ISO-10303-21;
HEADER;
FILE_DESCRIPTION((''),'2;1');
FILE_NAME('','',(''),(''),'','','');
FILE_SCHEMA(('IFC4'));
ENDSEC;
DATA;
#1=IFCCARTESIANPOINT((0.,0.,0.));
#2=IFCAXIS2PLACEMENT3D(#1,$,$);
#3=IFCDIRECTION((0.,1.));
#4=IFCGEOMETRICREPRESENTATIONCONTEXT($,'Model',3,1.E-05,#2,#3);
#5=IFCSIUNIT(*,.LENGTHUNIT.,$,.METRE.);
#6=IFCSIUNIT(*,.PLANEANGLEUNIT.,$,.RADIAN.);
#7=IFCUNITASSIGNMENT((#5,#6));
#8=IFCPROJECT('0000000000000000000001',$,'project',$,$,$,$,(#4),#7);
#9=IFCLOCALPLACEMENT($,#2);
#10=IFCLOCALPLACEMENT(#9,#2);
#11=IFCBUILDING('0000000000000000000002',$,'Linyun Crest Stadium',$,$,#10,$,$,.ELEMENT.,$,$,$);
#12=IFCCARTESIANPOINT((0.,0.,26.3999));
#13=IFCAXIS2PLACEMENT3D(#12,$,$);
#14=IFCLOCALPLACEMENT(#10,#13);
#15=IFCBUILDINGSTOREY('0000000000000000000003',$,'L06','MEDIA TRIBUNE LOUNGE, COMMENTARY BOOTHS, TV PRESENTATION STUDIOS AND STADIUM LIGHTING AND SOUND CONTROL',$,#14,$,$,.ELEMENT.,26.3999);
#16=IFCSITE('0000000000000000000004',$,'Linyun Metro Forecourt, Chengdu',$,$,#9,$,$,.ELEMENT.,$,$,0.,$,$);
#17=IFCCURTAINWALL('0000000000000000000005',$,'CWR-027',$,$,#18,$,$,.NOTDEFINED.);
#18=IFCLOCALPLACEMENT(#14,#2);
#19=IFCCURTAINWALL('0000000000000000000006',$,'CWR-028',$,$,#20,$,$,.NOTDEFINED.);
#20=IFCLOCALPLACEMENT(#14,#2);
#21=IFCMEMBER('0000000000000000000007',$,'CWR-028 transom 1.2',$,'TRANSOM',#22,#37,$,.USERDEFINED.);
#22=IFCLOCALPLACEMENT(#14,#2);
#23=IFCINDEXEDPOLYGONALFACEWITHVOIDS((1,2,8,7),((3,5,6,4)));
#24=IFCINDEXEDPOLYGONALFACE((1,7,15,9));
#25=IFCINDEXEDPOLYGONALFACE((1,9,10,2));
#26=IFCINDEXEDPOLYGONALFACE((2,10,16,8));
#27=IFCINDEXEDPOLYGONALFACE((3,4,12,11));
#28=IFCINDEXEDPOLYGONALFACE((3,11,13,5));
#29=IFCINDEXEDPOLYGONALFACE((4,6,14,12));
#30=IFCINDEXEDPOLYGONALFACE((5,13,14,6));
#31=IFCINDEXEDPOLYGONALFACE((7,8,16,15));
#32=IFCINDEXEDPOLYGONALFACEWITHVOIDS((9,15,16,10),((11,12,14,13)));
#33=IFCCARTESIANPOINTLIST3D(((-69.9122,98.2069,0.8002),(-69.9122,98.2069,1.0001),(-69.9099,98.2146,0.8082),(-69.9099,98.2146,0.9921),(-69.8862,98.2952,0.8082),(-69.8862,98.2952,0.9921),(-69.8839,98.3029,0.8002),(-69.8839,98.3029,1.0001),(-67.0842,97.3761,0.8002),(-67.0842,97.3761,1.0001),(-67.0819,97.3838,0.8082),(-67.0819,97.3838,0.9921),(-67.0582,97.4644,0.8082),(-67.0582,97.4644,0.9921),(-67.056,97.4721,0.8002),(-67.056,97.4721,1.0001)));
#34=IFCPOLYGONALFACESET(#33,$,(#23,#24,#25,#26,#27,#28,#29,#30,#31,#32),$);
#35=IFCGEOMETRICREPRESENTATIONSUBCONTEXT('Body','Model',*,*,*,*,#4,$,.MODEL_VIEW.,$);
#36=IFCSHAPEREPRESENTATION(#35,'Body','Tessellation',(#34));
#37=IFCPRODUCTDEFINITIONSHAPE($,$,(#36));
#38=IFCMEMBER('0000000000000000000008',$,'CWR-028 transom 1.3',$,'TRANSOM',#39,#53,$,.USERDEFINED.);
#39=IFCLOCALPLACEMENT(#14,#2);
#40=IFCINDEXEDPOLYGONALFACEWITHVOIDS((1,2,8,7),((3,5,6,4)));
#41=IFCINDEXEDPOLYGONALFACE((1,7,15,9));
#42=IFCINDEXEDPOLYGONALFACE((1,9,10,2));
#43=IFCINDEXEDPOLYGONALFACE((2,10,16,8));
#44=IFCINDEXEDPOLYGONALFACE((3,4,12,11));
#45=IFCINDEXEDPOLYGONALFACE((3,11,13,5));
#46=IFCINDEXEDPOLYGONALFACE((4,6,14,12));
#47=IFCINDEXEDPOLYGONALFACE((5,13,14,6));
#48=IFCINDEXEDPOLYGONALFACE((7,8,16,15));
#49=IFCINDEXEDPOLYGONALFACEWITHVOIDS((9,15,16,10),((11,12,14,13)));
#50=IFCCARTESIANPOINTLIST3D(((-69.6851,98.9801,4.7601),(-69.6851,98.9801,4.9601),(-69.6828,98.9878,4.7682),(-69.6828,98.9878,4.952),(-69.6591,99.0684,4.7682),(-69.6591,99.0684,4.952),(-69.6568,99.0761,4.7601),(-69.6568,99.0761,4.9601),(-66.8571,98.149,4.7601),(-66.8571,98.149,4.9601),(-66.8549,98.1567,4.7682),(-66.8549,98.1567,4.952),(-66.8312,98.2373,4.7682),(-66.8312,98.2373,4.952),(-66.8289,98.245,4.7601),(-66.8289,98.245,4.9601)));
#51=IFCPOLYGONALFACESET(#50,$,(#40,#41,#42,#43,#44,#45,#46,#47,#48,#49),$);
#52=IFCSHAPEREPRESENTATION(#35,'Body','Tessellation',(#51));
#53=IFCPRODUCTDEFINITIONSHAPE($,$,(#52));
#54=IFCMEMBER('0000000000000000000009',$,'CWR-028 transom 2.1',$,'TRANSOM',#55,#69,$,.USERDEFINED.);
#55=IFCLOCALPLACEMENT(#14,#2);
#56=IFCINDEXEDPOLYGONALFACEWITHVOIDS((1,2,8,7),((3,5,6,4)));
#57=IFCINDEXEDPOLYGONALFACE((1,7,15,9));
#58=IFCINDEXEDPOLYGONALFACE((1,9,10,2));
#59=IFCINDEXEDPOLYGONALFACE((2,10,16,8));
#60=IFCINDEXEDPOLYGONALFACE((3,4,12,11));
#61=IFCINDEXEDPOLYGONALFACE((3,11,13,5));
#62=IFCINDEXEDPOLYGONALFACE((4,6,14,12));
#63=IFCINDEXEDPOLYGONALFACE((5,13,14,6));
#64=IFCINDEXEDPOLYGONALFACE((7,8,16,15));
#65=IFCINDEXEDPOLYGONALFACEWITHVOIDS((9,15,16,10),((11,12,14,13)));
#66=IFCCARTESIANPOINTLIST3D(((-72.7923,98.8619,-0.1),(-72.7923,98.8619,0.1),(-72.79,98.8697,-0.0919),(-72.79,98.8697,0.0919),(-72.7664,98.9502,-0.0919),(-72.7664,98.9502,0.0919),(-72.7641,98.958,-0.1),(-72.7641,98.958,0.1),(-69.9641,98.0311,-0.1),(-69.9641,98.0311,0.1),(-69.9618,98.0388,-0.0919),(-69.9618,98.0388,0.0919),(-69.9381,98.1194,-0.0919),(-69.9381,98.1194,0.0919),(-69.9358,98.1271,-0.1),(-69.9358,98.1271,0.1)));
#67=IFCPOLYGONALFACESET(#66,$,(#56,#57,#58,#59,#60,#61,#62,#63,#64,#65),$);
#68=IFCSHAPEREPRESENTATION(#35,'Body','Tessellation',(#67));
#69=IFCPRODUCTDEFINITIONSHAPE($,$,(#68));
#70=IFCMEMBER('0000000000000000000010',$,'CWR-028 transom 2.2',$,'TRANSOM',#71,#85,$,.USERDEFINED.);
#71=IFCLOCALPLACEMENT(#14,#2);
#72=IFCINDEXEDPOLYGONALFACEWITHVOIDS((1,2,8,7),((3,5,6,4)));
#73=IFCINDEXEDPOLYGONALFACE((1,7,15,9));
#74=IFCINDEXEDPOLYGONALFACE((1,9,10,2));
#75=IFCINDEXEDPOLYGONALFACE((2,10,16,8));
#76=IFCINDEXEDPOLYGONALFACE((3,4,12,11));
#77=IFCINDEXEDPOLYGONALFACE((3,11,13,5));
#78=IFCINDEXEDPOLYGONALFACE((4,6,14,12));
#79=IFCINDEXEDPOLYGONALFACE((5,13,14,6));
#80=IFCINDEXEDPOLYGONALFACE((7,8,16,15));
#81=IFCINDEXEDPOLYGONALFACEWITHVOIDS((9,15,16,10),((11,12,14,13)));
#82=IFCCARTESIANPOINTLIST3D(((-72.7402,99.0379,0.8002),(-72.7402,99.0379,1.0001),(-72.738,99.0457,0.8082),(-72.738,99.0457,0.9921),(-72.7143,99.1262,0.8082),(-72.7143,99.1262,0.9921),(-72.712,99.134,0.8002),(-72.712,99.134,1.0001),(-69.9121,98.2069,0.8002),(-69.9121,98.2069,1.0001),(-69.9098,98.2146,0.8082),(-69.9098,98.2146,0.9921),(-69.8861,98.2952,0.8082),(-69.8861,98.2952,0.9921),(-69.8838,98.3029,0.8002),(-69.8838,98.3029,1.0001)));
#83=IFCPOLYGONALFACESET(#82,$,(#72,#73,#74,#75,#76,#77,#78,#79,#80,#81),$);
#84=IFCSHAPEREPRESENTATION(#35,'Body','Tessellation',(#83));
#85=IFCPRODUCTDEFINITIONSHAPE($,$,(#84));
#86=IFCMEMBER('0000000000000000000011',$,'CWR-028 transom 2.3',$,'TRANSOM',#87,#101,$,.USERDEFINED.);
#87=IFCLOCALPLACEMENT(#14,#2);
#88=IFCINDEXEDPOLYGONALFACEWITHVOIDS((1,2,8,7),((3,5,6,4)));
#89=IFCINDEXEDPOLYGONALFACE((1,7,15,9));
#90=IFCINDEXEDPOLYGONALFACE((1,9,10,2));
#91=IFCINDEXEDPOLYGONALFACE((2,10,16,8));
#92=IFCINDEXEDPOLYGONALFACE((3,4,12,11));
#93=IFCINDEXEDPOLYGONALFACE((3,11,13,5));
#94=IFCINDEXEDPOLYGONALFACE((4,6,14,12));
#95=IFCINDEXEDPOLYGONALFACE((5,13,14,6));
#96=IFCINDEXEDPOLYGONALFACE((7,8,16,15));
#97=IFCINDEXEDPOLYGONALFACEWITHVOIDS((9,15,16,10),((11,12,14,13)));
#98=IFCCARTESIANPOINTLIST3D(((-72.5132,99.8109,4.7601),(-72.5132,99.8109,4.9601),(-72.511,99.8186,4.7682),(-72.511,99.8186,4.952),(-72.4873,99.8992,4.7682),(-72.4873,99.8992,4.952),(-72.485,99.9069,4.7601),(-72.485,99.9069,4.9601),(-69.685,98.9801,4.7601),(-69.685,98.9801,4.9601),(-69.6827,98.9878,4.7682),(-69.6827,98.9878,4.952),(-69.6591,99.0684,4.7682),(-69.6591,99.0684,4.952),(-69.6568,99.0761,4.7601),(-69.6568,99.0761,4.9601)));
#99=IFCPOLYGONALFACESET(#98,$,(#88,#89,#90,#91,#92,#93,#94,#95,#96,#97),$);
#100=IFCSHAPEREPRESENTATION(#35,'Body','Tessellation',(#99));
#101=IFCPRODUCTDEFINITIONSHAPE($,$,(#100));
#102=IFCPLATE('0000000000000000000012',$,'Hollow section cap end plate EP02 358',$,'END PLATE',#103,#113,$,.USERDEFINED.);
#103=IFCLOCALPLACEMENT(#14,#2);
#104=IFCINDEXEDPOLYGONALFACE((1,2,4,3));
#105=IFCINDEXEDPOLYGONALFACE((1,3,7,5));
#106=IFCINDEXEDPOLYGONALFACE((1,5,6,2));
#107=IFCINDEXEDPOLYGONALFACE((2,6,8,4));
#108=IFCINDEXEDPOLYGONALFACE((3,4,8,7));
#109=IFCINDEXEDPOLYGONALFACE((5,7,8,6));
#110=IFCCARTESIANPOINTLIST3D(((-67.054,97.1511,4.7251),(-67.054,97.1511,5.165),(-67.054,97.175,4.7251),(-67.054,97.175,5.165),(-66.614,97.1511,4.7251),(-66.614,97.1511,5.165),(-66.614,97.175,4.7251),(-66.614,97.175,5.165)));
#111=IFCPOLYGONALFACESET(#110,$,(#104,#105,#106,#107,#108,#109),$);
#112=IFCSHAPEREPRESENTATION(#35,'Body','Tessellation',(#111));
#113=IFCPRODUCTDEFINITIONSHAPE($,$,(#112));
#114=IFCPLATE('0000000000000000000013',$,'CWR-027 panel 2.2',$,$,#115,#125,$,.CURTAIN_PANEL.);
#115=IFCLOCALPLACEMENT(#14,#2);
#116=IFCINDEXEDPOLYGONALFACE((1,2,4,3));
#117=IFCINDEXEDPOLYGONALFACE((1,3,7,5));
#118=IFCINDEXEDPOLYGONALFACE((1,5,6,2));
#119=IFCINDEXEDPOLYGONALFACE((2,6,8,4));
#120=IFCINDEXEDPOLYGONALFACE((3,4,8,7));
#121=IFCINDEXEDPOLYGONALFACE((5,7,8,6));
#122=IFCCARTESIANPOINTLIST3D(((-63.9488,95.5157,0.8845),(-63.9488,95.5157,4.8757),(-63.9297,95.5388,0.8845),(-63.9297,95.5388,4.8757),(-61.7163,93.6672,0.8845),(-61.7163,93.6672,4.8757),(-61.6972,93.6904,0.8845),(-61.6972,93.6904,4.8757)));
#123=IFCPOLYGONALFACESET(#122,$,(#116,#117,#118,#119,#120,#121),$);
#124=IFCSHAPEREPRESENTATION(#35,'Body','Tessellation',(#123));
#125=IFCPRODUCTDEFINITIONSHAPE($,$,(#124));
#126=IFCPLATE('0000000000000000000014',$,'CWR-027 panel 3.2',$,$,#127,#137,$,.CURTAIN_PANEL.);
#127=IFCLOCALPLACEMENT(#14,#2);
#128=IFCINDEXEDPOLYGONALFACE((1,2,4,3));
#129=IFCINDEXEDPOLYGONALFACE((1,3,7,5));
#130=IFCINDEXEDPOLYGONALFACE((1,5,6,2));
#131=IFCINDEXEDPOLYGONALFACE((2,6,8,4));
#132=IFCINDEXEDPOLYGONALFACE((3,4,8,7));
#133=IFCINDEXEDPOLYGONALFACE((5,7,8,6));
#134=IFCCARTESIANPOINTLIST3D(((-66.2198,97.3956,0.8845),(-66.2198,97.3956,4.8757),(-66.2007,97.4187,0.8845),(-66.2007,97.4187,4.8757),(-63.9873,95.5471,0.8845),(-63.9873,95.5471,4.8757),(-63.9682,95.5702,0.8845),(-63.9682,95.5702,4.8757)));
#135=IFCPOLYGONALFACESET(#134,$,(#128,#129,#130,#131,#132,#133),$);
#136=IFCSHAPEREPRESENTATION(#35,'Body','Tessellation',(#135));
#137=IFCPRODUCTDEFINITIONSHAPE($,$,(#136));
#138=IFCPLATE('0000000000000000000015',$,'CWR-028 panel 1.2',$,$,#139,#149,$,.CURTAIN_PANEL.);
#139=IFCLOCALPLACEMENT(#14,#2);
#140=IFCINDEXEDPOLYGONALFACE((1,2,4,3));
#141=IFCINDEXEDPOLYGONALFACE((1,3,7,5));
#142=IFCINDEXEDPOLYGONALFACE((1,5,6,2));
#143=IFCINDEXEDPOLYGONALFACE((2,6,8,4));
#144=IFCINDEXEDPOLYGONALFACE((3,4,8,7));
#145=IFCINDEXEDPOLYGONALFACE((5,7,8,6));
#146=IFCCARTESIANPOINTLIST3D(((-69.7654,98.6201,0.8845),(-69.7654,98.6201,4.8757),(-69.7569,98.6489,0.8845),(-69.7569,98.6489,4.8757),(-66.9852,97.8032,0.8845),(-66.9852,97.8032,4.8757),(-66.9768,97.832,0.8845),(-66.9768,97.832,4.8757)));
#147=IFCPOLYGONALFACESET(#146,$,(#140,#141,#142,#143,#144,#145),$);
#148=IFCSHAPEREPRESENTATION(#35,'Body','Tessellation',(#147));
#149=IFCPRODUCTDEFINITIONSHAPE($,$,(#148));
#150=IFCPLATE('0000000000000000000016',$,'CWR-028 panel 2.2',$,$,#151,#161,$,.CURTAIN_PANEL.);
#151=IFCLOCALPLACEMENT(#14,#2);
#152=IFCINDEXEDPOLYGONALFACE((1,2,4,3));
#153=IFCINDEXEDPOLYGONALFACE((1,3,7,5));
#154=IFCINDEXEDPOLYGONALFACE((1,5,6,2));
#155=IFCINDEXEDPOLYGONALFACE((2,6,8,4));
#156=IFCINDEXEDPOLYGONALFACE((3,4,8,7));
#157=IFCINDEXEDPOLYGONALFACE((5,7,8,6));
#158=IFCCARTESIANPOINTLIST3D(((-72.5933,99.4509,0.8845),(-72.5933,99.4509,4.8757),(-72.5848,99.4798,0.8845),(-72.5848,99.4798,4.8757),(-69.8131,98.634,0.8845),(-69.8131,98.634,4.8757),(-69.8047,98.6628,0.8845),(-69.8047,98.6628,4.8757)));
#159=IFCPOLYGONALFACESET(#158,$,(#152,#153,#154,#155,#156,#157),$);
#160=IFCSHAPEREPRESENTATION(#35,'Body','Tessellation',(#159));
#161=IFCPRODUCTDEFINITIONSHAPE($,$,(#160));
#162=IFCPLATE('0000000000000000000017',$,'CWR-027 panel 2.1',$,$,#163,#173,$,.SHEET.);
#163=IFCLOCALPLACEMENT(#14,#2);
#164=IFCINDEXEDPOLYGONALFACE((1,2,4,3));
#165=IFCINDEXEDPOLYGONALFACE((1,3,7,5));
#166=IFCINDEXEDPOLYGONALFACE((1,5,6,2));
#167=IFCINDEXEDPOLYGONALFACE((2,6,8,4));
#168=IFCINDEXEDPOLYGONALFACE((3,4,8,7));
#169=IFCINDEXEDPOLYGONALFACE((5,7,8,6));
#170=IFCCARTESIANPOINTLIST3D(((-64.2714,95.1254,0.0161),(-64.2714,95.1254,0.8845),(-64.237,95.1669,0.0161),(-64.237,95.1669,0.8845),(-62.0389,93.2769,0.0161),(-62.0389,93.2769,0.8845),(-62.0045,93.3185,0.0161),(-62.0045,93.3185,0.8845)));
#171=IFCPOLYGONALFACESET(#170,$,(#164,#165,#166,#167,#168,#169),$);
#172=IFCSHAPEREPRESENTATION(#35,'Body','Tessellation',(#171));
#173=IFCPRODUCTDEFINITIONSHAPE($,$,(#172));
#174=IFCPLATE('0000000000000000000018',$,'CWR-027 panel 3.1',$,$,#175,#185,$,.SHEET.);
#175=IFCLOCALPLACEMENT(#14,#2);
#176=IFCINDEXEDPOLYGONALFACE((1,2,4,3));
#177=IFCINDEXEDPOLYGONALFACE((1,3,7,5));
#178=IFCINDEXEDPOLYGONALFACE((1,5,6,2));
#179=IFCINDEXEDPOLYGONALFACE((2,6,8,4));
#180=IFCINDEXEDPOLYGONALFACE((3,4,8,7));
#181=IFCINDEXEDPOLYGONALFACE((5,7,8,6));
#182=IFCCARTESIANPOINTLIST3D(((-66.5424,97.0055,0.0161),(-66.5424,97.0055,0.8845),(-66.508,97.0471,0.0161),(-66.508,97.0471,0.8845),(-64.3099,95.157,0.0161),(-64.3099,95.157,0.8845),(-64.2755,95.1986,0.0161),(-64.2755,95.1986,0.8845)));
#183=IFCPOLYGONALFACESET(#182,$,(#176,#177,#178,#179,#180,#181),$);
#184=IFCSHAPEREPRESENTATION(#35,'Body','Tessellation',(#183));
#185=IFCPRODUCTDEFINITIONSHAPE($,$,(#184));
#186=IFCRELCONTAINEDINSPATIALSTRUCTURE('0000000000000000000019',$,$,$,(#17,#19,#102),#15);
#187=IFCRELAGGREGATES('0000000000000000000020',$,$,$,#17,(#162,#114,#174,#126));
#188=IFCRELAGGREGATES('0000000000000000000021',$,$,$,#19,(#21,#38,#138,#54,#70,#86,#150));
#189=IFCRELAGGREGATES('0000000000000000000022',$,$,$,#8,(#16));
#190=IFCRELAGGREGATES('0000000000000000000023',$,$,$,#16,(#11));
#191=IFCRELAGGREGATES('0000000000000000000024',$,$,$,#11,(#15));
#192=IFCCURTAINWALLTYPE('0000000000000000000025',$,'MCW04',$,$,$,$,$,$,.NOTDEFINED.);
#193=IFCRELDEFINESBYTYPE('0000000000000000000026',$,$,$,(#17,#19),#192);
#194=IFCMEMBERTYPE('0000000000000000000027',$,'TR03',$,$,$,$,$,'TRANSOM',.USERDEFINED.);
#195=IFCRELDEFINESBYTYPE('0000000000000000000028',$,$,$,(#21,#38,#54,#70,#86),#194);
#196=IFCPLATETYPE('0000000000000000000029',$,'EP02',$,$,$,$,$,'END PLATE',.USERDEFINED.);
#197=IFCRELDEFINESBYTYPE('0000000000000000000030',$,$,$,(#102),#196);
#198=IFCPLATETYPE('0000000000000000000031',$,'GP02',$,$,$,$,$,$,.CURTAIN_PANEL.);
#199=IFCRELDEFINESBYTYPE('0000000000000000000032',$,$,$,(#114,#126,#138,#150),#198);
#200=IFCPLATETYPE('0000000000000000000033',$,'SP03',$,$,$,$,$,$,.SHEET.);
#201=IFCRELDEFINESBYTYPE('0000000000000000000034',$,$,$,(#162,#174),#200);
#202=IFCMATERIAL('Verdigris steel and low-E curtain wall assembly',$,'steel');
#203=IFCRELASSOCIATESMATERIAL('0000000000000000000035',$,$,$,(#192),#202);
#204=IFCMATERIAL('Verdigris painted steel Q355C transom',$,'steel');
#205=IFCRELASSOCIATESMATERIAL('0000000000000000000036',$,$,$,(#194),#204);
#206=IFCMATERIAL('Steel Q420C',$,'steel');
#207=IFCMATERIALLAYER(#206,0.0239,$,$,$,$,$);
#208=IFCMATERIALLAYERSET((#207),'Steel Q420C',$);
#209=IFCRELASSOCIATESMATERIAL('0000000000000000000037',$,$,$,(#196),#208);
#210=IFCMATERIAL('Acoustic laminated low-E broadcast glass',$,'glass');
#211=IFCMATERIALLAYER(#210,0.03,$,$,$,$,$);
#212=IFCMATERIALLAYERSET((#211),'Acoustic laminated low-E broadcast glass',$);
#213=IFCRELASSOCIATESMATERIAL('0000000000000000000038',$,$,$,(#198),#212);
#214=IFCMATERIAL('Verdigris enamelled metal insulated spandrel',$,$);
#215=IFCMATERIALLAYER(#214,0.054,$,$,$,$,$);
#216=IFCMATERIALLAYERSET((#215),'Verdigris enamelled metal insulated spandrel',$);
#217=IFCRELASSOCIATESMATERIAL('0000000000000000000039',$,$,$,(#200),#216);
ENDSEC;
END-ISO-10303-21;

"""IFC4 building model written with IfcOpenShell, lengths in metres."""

from ifc_helpers import new_model, si_unit, direction, frame, origin, origin_2d, place, context, subcontext, project, spatial, rectangle, hollow_rectangle, extrude, material, layer, layer_set, material_profile, profile_set, type_object, element, aggregate, save


model = new_model("IFC4")

# Units and contexts
model_context = context("Model", 3, precision=1e-05, world=origin(), true_north=direction((0.0, 1.0)))
body_context = subcontext(model_context, "Body", "Model", "MODEL_VIEW")
ifc_project = project(units=[si_unit("LENGTHUNIT", "METRE"), si_unit("PLANEANGLEUNIT", "RADIAN")], contexts=[model_context])

# Site, building, storey
site_placement = place(None, origin())
site = spatial("IfcSite", under=ifc_project, at=site_placement, Name="Linyun Metro Forecourt, Chengdu", CompositionType="ELEMENT", RefElevation=0.0)
building_placement = place(site_placement, origin())
building = spatial("IfcBuilding", under=site, at=building_placement, Name="Linyun Crest Stadium", CompositionType="ELEMENT")
storey_placement = place(building_placement, frame((0.0, 0.0, 26.3999)))
storey = spatial("IfcBuildingStorey", under=building, at=storey_placement, Name="L06", Description="MEDIA TRIBUNE LOUNGE, COMMENTARY BOOTHS, TV PRESENTATION STUDIOS AND STADIUM LIGHTING AND SOUND CONTROL", CompositionType="ELEMENT", Elevation=26.3999)

# Curtain walls
ifc_material_1 = material(Name="Verdigris steel and low-E curtain wall assembly", Category="steel")
curtain_wall_type = type_object("IfcCurtainWallType", Name="MCW04", PredefinedType="NOTDEFINED", material=ifc_material_1)
curtain_wall_1_placement = place(storey_placement, origin())
curtain_wall_1 = element("IfcCurtainWall", 1, at=curtain_wall_1_placement, inside=storey, type_object=curtain_wall_type, Name="CWR-027", PredefinedType="NOTDEFINED")
curtain_wall_2_placement = place(storey_placement, origin())
curtain_wall_2 = element("IfcCurtainWall", 2, at=curtain_wall_2_placement, inside=storey, type_object=curtain_wall_type, Name="CWR-028", PredefinedType="NOTDEFINED")

# Members
ifc_material_2 = material(Name="Verdigris painted steel Q355C transom", Category="steel")
ifc_material_profile_1 = material_profile(ifc_material_2, hollow_rectangle(XDim=0.1001, YDim=0.2, WallThickness=0.0081, at=origin_2d()), Name="RHS 200x100x8")
ifc_profile_set_1 = profile_set([ifc_material_profile_1], Name="Verdigris painted steel Q355C transom")
member_type_1 = type_object("IfcMemberType", Name="TR03", ElementType="TRANSOM", PredefinedType="USERDEFINED", material=ifc_profile_set_1)
member_1_placement = place(storey_placement, frame((-67.0701, 97.4241, 0.9001), z_axis=(-0.95945, 0.281879, 0.0), x_axis=(-0.281879, -0.95945, 0.0)))
member_1 = element("IfcMember", 3, at=member_1_placement, type_object=member_type_1, Name="CWR-028 transom 1.2", ObjectType="TRANSOM", PredefinedType="USERDEFINED", context=body_context, shape_type="SweptSolid", body=[
    extrude(hollow_rectangle(XDim=0.1001, YDim=0.2, WallThickness=0.0081, at=origin_2d()), origin(), (0.0, 0.0, 1.0), 2.9475),
])
member_2_placement = place(storey_placement, frame((-66.843, 98.197, 4.8601), z_axis=(-0.959427, 0.281956, 0.0), x_axis=(-0.281956, -0.959427, 0.0)))
member_2 = element("IfcMember", 4, at=member_2_placement, type_object=member_type_1, Name="CWR-028 transom 1.3", ObjectType="TRANSOM", PredefinedType="USERDEFINED", context=body_context, shape_type="SweptSolid", body=[
    extrude(hollow_rectangle(XDim=0.1001, YDim=0.2, WallThickness=0.0081, at=origin_2d()), origin(), (0.0, 0.0, 1.0), 2.9475),
])
member_3_placement = place(storey_placement, frame((-69.95, 98.0791, 0.0), z_axis=(-0.959456, 0.281857, 0.0), x_axis=(-0.281857, -0.959456, 0.0)))
member_3 = element("IfcMember", 5, at=member_3_placement, type_object=member_type_1, Name="CWR-028 transom 2.1", ObjectType="TRANSOM", PredefinedType="USERDEFINED", context=body_context, shape_type="SweptSolid", body=[
    extrude(hollow_rectangle(XDim=0.1001, YDim=0.2, WallThickness=0.0081, at=origin_2d()), origin(), (0.0, 0.0, 1.0), 2.9478),
])
member_4_placement = place(storey_placement, frame((-69.8979, 98.2549, 0.9001), z_axis=(-0.959434, 0.281933, 0.0), x_axis=(-0.281933, -0.959434, 0.0)))
member_4 = element("IfcMember", 6, at=member_4_placement, type_object=member_type_1, Name="CWR-028 transom 2.2", ObjectType="TRANSOM", PredefinedType="USERDEFINED", context=body_context, shape_type="SweptSolid", body=[
    extrude(hollow_rectangle(XDim=0.1001, YDim=0.2, WallThickness=0.0081, at=origin_2d()), origin(), (0.0, 0.0, 1.0), 2.9478),
])
member_5_placement = place(storey_placement, frame((-69.6709, 99.0281, 4.8601), z_axis=(-0.959456, 0.281857, 0.0), x_axis=(-0.281857, -0.959456, 0.0)))
member_5 = element("IfcMember", 7, at=member_5_placement, type_object=member_type_1, Name="CWR-028 transom 2.3", ObjectType="TRANSOM", PredefinedType="USERDEFINED", context=body_context, shape_type="SweptSolid", body=[
    extrude(hollow_rectangle(XDim=0.1001, YDim=0.2, WallThickness=0.0081, at=origin_2d()), origin(), (0.0, 0.0, 1.0), 2.9478),
])

# Plates
ifc_material_3 = material(Name="Steel Q420C", Category="steel")
ifc_layer_1 = layer(ifc_material_3, 0.0239)
ifc_layer_set_1 = layer_set([ifc_layer_1], Name="Steel Q420C")
plate_type_1 = type_object("IfcPlateType", Name="EP02", ElementType="END PLATE", PredefinedType="USERDEFINED", material=ifc_layer_set_1)
plate_1_placement = place(storey_placement, frame((-66.834, 97.1631, 4.7251), z_axis=(0.0, 0.0, 1.0), x_axis=(1.0, 0.0, 0.0)))
element("IfcPlate", 8, at=plate_1_placement, inside=storey, type_object=plate_type_1, Name="Hollow section cap end plate EP02 358", ObjectType="END PLATE", PredefinedType="USERDEFINED", context=body_context, shape_type="SweptSolid", body=[
    extrude(rectangle(XDim=0.4399, YDim=0.0239, at=origin_2d()), origin(), (0.0, 0.0, 1.0), 0.4399),
])
ifc_material_4 = material(Name="Acoustic laminated low-E broadcast glass", Category="glass")
ifc_layer_2 = layer(ifc_material_4, 0.03)
ifc_layer_set_2 = layer_set([ifc_layer_2], Name="Acoustic laminated low-E broadcast glass")
plate_type_2 = type_object("IfcPlateType", Name="GP02", PredefinedType="CURTAIN_PANEL", material=ifc_layer_set_2)
plate_2_placement = place(storey_placement, frame((-62.823, 94.603, 0.8845), z_axis=(0.0, 0.0, 1.0), x_axis=(-0.770246, 0.637747, 0.0)))
plate_2 = element("IfcPlate", 9, at=plate_2_placement, type_object=plate_type_2, Name="CWR-027 panel 2.2", PredefinedType="CURTAIN_PANEL", context=body_context, shape_type="SweptSolid", body=[
    extrude(rectangle(XDim=2.8984, YDim=0.03, at=origin_2d()), origin(), (0.0, 0.0, 1.0), 3.9912),
])
plate_3_placement = place(storey_placement, frame((-65.094, 96.4829, 0.8845), z_axis=(0.0, 0.0, 1.0), x_axis=(-0.770246, 0.637747, 0.0)))
plate_3 = element("IfcPlate", 10, at=plate_3_placement, type_object=plate_type_2, Name="CWR-027 panel 3.2", PredefinedType="CURTAIN_PANEL", context=body_context, shape_type="SweptSolid", body=[
    extrude(rectangle(XDim=2.8984, YDim=0.03, at=origin_2d()), origin(), (0.0, 0.0, 1.0), 3.9912),
])
plate_4_placement = place(storey_placement, frame((-68.3711, 98.2261, 0.8845), z_axis=(0.0, 0.0, 1.0), x_axis=(-0.959437, 0.281923, 0.0)))
plate_4 = element("IfcPlate", 11, at=plate_4_placement, type_object=plate_type_2, Name="CWR-028 panel 1.2", PredefinedType="CURTAIN_PANEL", context=body_context, shape_type="SweptSolid", body=[
    extrude(rectangle(XDim=2.8977, YDim=0.03, at=origin_2d()), origin(), (0.0, 0.0, 1.0), 3.9912),
])
plate_5_placement = place(storey_placement, frame((-71.199, 99.0569, 0.8845), z_axis=(0.0, 0.0, 1.0), x_axis=(-0.959437, 0.281923, 0.0)))
plate_5 = element("IfcPlate", 12, at=plate_5_placement, type_object=plate_type_2, Name="CWR-028 panel 2.2", PredefinedType="CURTAIN_PANEL", context=body_context, shape_type="SweptSolid", body=[
    extrude(rectangle(XDim=2.8977, YDim=0.03, at=origin_2d()), origin(), (0.0, 0.0, 1.0), 3.9912),
])
ifc_material_5 = material(Name="Verdigris enamelled metal insulated spandrel")
ifc_layer_3 = layer(ifc_material_5, 0.054)
ifc_layer_set_3 = layer_set([ifc_layer_3], Name="Verdigris enamelled metal insulated spandrel")
plate_type_3 = type_object("IfcPlateType", Name="SP03", PredefinedType="SHEET", material=ifc_layer_set_3)
plate_6_placement = place(storey_placement, frame((-63.1379, 94.2219, 0.0161), z_axis=(0.0, 0.0, 1.0), x_axis=(-0.770246, 0.637747, 0.0)))
plate_6 = element("IfcPlate", 13, at=plate_6_placement, type_object=plate_type_3, Name="CWR-027 panel 2.1", PredefinedType="SHEET", context=body_context, shape_type="SweptSolid", body=[
    extrude(rectangle(XDim=2.8984, YDim=0.054, at=origin_2d()), origin(), (0.0, 0.0, 1.0), 0.8684),
])
plate_7_placement = place(storey_placement, frame((-65.4089, 96.1021, 0.0161), z_axis=(0.0, 0.0, 1.0), x_axis=(-0.770246, 0.637747, 0.0)))
plate_7 = element("IfcPlate", 14, at=plate_7_placement, type_object=plate_type_3, Name="CWR-027 panel 3.1", PredefinedType="SHEET", context=body_context, shape_type="SweptSolid", body=[
    extrude(rectangle(XDim=2.8984, YDim=0.054, at=origin_2d()), origin(), (0.0, 0.0, 1.0), 0.8684),
])
aggregate(curtain_wall_1, [plate_6, plate_2, plate_7, plate_3])
aggregate(curtain_wall_2, [member_1, member_2, plate_4, member_3, member_4, member_5, plate_5])

save(model, "model.ifc")
